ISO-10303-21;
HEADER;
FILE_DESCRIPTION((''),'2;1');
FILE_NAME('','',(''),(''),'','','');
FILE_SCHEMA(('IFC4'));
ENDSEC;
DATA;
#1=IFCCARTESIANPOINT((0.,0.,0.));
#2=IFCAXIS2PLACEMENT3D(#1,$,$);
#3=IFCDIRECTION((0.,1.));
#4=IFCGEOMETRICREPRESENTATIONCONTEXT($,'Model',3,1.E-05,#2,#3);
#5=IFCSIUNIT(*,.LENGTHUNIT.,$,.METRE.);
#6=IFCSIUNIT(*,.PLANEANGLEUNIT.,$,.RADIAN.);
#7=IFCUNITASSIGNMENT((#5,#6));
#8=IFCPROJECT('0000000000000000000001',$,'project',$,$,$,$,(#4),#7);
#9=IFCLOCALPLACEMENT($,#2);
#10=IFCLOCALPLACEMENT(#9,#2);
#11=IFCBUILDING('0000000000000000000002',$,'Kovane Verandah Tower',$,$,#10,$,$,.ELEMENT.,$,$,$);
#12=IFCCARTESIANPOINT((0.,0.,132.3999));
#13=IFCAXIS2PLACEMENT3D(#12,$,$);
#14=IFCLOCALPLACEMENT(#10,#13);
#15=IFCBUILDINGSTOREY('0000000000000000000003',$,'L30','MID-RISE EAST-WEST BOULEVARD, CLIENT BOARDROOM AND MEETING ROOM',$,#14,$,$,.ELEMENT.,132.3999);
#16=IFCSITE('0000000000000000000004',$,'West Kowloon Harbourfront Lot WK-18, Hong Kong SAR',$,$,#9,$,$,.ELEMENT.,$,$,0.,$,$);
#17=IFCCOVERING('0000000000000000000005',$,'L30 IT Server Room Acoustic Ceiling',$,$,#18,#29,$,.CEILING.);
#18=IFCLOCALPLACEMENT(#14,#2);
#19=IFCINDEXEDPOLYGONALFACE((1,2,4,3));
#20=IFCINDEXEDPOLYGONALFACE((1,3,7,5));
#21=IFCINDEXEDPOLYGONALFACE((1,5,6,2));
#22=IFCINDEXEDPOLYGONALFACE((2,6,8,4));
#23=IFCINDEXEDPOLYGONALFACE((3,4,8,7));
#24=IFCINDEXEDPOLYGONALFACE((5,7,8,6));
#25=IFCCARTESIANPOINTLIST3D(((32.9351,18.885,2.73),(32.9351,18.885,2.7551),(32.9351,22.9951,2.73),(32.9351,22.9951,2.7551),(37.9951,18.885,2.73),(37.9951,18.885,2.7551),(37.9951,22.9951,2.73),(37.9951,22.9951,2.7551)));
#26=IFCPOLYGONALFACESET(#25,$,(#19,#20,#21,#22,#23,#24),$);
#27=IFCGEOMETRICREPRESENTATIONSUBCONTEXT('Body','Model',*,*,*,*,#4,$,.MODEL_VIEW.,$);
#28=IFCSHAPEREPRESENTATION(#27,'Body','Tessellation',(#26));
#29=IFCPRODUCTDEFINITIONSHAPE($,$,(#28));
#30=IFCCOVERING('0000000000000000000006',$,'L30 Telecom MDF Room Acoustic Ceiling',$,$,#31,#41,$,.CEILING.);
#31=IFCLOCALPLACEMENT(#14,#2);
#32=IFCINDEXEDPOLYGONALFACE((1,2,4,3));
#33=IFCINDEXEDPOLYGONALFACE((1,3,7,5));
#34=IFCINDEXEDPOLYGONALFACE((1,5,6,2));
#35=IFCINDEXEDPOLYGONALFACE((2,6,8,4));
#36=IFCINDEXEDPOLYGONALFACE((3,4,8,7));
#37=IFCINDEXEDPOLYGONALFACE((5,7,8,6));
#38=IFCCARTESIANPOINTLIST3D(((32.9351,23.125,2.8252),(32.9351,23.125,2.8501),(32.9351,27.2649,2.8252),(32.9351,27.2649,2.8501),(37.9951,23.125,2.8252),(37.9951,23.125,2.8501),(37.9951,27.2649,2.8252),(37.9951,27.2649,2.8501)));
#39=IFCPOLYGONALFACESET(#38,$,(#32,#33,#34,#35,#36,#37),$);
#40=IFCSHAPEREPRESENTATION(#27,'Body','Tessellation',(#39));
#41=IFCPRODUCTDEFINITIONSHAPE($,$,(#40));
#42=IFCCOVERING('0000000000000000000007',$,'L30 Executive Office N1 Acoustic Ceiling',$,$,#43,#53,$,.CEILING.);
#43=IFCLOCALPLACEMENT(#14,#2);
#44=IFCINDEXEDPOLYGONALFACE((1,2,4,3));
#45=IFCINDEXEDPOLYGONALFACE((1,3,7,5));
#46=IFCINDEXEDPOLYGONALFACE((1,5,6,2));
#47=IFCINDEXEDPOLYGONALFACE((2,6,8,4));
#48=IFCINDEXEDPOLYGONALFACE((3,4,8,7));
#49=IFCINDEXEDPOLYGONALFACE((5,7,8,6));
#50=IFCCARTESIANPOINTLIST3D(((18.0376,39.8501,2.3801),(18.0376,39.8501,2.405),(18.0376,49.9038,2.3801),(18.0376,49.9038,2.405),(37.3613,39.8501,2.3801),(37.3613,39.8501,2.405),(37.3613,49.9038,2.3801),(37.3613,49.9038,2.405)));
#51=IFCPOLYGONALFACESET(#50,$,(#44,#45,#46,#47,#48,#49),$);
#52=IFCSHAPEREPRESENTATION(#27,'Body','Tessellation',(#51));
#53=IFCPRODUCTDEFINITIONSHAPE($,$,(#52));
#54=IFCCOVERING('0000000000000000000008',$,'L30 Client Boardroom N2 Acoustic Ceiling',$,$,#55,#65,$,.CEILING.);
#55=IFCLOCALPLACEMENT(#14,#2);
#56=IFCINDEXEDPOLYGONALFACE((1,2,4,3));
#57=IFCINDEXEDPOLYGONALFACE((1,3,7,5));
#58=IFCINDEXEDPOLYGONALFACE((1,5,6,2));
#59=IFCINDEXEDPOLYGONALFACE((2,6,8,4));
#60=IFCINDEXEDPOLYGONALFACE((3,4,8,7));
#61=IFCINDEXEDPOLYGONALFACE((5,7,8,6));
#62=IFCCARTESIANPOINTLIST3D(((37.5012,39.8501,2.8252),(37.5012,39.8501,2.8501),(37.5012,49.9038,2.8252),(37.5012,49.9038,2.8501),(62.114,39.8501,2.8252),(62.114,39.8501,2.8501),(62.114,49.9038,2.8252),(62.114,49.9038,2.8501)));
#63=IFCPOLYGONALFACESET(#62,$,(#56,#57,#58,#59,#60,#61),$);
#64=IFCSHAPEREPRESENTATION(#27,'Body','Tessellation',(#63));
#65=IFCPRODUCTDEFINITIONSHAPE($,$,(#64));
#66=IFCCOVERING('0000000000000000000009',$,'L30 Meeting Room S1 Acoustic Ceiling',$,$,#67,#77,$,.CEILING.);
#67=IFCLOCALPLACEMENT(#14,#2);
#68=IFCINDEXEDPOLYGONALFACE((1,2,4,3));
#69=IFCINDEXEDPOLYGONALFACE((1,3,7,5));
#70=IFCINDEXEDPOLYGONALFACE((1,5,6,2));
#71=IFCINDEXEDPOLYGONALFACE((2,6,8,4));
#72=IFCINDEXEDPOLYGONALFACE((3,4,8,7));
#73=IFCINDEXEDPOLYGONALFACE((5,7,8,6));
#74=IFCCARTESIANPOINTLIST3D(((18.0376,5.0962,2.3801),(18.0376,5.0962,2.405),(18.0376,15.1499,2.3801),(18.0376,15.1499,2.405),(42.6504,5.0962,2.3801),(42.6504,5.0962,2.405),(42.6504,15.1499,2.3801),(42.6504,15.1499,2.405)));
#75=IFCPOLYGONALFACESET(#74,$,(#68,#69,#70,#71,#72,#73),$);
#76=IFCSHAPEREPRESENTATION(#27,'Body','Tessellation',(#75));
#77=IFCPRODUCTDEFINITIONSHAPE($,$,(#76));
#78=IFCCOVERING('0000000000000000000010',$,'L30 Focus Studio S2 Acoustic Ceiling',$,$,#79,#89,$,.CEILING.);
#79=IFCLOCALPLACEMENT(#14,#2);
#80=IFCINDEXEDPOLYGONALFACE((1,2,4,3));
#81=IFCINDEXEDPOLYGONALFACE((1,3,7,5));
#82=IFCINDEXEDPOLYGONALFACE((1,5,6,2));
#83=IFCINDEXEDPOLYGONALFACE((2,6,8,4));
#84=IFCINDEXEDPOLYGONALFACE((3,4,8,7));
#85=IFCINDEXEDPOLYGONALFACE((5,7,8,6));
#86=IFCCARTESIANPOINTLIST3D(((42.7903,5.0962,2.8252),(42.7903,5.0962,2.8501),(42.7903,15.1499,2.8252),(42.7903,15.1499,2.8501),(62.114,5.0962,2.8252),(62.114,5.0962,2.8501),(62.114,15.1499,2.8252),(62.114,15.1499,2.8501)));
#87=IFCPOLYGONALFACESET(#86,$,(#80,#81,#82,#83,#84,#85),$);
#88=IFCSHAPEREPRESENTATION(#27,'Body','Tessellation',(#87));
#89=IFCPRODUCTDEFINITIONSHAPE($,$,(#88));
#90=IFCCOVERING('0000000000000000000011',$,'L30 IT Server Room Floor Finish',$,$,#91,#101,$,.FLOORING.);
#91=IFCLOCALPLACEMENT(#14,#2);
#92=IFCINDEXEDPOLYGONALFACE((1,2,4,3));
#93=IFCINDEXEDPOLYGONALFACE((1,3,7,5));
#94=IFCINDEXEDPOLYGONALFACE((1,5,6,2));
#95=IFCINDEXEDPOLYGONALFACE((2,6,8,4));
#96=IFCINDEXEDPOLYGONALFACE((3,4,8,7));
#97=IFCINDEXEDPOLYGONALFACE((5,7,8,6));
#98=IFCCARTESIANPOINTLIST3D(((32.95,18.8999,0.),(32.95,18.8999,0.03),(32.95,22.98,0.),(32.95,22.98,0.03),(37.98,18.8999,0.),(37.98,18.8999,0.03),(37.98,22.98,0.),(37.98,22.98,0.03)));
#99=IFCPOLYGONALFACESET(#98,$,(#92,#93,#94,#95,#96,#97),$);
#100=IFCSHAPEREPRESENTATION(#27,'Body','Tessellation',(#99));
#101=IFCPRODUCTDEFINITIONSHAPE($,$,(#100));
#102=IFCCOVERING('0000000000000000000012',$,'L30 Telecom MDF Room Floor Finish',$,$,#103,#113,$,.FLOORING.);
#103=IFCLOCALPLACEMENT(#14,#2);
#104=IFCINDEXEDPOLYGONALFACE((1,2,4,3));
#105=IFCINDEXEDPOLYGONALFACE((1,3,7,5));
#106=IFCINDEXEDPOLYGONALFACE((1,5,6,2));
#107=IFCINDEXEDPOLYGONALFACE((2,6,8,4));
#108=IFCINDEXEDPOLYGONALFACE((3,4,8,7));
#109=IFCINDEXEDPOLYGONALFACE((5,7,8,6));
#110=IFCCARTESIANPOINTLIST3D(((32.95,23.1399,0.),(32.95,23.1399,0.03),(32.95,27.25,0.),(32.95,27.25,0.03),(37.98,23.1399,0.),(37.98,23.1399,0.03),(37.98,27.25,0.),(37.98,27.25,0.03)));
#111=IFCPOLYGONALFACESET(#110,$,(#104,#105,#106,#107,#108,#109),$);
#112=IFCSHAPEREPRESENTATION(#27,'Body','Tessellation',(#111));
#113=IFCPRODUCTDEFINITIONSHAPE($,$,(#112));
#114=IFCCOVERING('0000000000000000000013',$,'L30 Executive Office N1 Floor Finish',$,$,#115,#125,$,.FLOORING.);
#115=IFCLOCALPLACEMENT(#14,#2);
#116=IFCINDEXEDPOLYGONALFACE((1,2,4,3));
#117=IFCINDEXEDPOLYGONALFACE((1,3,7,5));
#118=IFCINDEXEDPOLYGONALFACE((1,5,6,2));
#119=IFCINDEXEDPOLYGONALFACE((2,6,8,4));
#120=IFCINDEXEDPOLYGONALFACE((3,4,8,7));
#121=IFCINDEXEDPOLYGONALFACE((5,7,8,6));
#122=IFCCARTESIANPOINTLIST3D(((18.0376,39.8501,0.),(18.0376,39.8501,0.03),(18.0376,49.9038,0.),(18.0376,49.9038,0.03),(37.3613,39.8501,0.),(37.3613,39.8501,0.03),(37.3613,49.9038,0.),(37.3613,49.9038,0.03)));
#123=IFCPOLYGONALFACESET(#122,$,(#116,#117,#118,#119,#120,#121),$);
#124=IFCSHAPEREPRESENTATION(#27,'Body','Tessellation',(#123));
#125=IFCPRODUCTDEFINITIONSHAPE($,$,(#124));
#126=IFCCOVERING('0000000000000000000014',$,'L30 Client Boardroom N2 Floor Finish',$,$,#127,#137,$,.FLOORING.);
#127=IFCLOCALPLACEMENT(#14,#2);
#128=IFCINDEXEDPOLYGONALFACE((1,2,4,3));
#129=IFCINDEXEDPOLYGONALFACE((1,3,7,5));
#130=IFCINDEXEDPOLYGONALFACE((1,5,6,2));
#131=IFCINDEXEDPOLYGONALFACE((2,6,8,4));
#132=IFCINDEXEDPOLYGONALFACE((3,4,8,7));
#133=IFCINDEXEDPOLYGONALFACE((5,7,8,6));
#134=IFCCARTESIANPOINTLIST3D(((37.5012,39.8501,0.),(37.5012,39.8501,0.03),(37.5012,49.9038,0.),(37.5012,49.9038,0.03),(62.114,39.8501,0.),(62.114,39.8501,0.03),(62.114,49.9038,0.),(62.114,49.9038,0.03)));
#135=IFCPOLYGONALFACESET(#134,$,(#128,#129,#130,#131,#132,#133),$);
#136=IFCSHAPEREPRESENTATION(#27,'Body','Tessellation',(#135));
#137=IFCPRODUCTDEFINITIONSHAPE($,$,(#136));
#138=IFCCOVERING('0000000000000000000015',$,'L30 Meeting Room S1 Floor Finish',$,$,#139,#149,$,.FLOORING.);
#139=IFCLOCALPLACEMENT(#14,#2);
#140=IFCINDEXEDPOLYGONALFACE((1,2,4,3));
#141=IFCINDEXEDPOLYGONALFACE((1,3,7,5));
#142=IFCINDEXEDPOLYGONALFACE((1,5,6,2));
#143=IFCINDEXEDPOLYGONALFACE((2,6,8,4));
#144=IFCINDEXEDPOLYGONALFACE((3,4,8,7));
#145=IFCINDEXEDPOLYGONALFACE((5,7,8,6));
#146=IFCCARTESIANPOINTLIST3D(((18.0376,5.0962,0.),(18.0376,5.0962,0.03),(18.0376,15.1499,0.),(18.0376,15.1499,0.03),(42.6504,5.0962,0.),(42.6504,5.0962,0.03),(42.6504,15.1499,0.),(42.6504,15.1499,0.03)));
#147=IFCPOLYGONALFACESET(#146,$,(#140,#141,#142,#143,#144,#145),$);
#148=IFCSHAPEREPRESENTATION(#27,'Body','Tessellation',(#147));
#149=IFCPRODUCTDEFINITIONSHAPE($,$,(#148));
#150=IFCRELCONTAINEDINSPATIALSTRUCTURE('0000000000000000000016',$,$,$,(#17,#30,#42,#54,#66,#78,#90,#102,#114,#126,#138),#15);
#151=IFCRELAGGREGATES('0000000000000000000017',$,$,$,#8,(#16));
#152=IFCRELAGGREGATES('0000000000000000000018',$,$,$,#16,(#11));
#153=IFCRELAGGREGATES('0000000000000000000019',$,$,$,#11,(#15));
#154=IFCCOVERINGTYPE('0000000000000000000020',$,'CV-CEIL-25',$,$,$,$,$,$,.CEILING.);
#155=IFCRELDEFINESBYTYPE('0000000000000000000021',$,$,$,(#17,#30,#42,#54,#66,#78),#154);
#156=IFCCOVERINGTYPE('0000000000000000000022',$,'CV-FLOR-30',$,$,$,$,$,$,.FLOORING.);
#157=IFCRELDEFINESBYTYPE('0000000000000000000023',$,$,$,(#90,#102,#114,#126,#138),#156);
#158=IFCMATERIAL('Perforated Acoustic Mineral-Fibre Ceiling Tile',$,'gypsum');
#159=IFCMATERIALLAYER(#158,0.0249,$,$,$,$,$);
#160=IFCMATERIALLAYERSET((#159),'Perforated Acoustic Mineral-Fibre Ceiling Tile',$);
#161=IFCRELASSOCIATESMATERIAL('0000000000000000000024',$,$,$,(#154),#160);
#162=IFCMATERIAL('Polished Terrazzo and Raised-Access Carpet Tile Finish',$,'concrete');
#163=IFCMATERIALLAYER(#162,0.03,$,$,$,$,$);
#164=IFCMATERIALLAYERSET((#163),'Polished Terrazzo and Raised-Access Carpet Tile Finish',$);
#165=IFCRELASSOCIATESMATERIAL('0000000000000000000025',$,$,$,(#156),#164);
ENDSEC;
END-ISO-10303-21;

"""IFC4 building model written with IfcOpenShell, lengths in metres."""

from ifc_helpers import new_model, si_unit, direction, frame, origin, place, context, subcontext, project, spatial, polyline, outline, extrude, material, layer, layer_set, type_object, element, save


model = new_model("IFC4")

# Units and contexts
model_context = context("Model", 3, precision=1e-05, world=origin(), true_north=direction((0.0, 1.0)))
body_context = subcontext(model_context, "Body", "Model", "MODEL_VIEW")
ifc_project = project(units=[si_unit("LENGTHUNIT", "METRE"), si_unit("PLANEANGLEUNIT", "RADIAN")], contexts=[model_context])

# Site, building, storey
site_placement = place(None, origin())
site = spatial("IfcSite", under=ifc_project, at=site_placement, Name="West Kowloon Harbourfront Lot WK-18, Hong Kong SAR", CompositionType="ELEMENT", RefElevation=0.0)
building_placement = place(site_placement, origin())
building = spatial("IfcBuilding", under=site, at=building_placement, Name="Kovane Verandah Tower", CompositionType="ELEMENT")
storey_placement = place(building_placement, frame((0.0, 0.0, 132.3999)))
storey = spatial("IfcBuildingStorey", under=building, at=storey_placement, Name="L30", Description="MID-RISE EAST-WEST BOULEVARD, CLIENT BOARDROOM AND MEETING ROOM", CompositionType="ELEMENT", Elevation=132.3999)

# Coverings
ifc_material_1 = material(Name="Perforated Acoustic Mineral-Fibre Ceiling Tile", Category="gypsum")
ifc_layer_1 = layer(ifc_material_1, 0.0249)
ifc_layer_set_1 = layer_set([ifc_layer_1], Name="Perforated Acoustic Mineral-Fibre Ceiling Tile")
covering_type_1 = type_object("IfcCoveringType", Name="CV-CEIL-25", PredefinedType="CEILING", material=ifc_layer_set_1)
covering_1_placement = place(storey_placement, frame((0.0, 0.0, 2.73)))
element("IfcCovering", 1, at=covering_1_placement, inside=storey, type_object=covering_type_1, Name="L30 IT Server Room Acoustic Ceiling", PredefinedType="CEILING", context=body_context, shape_type="SweptSolid", body=[
    extrude(outline(polyline([(32.9351, 18.885), (37.9951, 18.885), (37.9951, 22.9951), (32.9351, 22.9951), (32.9351, 18.885)])), origin(), (0.0, 0.0, 1.0), 0.0251),
])
covering_2_placement = place(storey_placement, frame((0.0, 0.0, 2.8252)))
element("IfcCovering", 2, at=covering_2_placement, inside=storey, type_object=covering_type_1, Name="L30 Telecom MDF Room Acoustic Ceiling", PredefinedType="CEILING", context=body_context, shape_type="SweptSolid", body=[
    extrude(outline(polyline([(32.9351, 23.125), (37.9951, 23.125), (37.9951, 27.2649), (32.9351, 27.2649), (32.9351, 23.125)])), origin(), (0.0, 0.0, 1.0), 0.0249),
])
covering_3_placement = place(storey_placement, frame((0.0, 0.0, 2.3801)))
element("IfcCovering", 3, at=covering_3_placement, inside=storey, type_object=covering_type_1, Name="L30 Executive Office N1 Acoustic Ceiling", PredefinedType="CEILING", context=body_context, shape_type="SweptSolid", body=[
    extrude(outline(polyline([(18.0376, 39.8501), (37.3613, 39.8501), (37.3613, 49.9038), (18.0376, 49.9038), (18.0376, 39.8501)])), origin(), (0.0, 0.0, 1.0), 0.0249),
])
covering_4_placement = place(storey_placement, frame((0.0, 0.0, 2.8252)))
element("IfcCovering", 4, at=covering_4_placement, inside=storey, type_object=covering_type_1, Name="L30 Client Boardroom N2 Acoustic Ceiling", PredefinedType="CEILING", context=body_context, shape_type="SweptSolid", body=[
    extrude(outline(polyline([(37.5012, 39.8501), (62.114, 39.8501), (62.114, 49.9038), (37.5012, 49.9038), (37.5012, 39.8501)])), origin(), (0.0, 0.0, 1.0), 0.0249),
])
covering_5_placement = place(storey_placement, frame((0.0, 0.0, 2.3801)))
element("IfcCovering", 5, at=covering_5_placement, inside=storey, type_object=covering_type_1, Name="L30 Meeting Room S1 Acoustic Ceiling", PredefinedType="CEILING", context=body_context, shape_type="SweptSolid", body=[
    extrude(outline(polyline([(18.0376, 5.0962), (42.6504, 5.0962), (42.6504, 15.1499), (18.0376, 15.1499), (18.0376, 5.0962)])), origin(), (0.0, 0.0, 1.0), 0.0249),
])
covering_6_placement = place(storey_placement, frame((0.0, 0.0, 2.8252)))
element("IfcCovering", 6, at=covering_6_placement, inside=storey, type_object=covering_type_1, Name="L30 Focus Studio S2 Acoustic Ceiling", PredefinedType="CEILING", context=body_context, shape_type="SweptSolid", body=[
    extrude(outline(polyline([(42.7903, 5.0962), (62.114, 5.0962), (62.114, 15.1499), (42.7903, 15.1499), (42.7903, 5.0962)])), origin(), (0.0, 0.0, 1.0), 0.0249),
])
ifc_material_2 = material(Name="Polished Terrazzo and Raised-Access Carpet Tile Finish", Category="concrete")
ifc_layer_2 = layer(ifc_material_2, 0.03)
ifc_layer_set_2 = layer_set([ifc_layer_2], Name="Polished Terrazzo and Raised-Access Carpet Tile Finish")
covering_type_2 = type_object("IfcCoveringType", Name="CV-FLOR-30", PredefinedType="FLOORING", material=ifc_layer_set_2)
covering_7_placement = place(storey_placement, origin())
element("IfcCovering", 7, at=covering_7_placement, inside=storey, type_object=covering_type_2, Name="L30 IT Server Room Floor Finish", PredefinedType="FLOORING", context=body_context, shape_type="SweptSolid", body=[
    extrude(outline(polyline([(32.95, 18.8999), (37.98, 18.8999), (37.98, 22.98), (32.95, 22.98), (32.95, 18.8999)])), origin(), (0.0, 0.0, 1.0), 0.03),
])
covering_8_placement = place(storey_placement, origin())
element("IfcCovering", 8, at=covering_8_placement, inside=storey, type_object=covering_type_2, Name="L30 Telecom MDF Room Floor Finish", PredefinedType="FLOORING", context=body_context, shape_type="SweptSolid", body=[
    extrude(outline(polyline([(32.95, 23.1399), (37.98, 23.1399), (37.98, 27.25), (32.95, 27.25), (32.95, 23.1399)])), origin(), (0.0, 0.0, 1.0), 0.03),
])
covering_9_placement = place(storey_placement, origin())
element("IfcCovering", 9, at=covering_9_placement, inside=storey, type_object=covering_type_2, Name="L30 Executive Office N1 Floor Finish", PredefinedType="FLOORING", context=body_context, shape_type="SweptSolid", body=[
    extrude(outline(polyline([(18.0376, 39.8501), (37.3613, 39.8501), (37.3613, 49.9038), (18.0376, 49.9038), (18.0376, 39.8501)])), origin(), (0.0, 0.0, 1.0), 0.03),
])
covering_10_placement = place(storey_placement, origin())
element("IfcCovering", 10, at=covering_10_placement, inside=storey, type_object=covering_type_2, Name="L30 Client Boardroom N2 Floor Finish", PredefinedType="FLOORING", context=body_context, shape_type="SweptSolid", body=[
    extrude(outline(polyline([(37.5012, 39.8501), (62.114, 39.8501), (62.114, 49.9038), (37.5012, 49.9038), (37.5012, 39.8501)])), origin(), (0.0, 0.0, 1.0), 0.03),
])
covering_11_placement = place(storey_placement, origin())
element("IfcCovering", 11, at=covering_11_placement, inside=storey, type_object=covering_type_2, Name="L30 Meeting Room S1 Floor Finish", PredefinedType="FLOORING", context=body_context, shape_type="SweptSolid", body=[
    extrude(outline(polyline([(18.0376, 5.0962), (42.6504, 5.0962), (42.6504, 15.1499), (18.0376, 15.1499), (18.0376, 5.0962)])), origin(), (0.0, 0.0, 1.0), 0.03),
])

save(model, "model.ifc")
